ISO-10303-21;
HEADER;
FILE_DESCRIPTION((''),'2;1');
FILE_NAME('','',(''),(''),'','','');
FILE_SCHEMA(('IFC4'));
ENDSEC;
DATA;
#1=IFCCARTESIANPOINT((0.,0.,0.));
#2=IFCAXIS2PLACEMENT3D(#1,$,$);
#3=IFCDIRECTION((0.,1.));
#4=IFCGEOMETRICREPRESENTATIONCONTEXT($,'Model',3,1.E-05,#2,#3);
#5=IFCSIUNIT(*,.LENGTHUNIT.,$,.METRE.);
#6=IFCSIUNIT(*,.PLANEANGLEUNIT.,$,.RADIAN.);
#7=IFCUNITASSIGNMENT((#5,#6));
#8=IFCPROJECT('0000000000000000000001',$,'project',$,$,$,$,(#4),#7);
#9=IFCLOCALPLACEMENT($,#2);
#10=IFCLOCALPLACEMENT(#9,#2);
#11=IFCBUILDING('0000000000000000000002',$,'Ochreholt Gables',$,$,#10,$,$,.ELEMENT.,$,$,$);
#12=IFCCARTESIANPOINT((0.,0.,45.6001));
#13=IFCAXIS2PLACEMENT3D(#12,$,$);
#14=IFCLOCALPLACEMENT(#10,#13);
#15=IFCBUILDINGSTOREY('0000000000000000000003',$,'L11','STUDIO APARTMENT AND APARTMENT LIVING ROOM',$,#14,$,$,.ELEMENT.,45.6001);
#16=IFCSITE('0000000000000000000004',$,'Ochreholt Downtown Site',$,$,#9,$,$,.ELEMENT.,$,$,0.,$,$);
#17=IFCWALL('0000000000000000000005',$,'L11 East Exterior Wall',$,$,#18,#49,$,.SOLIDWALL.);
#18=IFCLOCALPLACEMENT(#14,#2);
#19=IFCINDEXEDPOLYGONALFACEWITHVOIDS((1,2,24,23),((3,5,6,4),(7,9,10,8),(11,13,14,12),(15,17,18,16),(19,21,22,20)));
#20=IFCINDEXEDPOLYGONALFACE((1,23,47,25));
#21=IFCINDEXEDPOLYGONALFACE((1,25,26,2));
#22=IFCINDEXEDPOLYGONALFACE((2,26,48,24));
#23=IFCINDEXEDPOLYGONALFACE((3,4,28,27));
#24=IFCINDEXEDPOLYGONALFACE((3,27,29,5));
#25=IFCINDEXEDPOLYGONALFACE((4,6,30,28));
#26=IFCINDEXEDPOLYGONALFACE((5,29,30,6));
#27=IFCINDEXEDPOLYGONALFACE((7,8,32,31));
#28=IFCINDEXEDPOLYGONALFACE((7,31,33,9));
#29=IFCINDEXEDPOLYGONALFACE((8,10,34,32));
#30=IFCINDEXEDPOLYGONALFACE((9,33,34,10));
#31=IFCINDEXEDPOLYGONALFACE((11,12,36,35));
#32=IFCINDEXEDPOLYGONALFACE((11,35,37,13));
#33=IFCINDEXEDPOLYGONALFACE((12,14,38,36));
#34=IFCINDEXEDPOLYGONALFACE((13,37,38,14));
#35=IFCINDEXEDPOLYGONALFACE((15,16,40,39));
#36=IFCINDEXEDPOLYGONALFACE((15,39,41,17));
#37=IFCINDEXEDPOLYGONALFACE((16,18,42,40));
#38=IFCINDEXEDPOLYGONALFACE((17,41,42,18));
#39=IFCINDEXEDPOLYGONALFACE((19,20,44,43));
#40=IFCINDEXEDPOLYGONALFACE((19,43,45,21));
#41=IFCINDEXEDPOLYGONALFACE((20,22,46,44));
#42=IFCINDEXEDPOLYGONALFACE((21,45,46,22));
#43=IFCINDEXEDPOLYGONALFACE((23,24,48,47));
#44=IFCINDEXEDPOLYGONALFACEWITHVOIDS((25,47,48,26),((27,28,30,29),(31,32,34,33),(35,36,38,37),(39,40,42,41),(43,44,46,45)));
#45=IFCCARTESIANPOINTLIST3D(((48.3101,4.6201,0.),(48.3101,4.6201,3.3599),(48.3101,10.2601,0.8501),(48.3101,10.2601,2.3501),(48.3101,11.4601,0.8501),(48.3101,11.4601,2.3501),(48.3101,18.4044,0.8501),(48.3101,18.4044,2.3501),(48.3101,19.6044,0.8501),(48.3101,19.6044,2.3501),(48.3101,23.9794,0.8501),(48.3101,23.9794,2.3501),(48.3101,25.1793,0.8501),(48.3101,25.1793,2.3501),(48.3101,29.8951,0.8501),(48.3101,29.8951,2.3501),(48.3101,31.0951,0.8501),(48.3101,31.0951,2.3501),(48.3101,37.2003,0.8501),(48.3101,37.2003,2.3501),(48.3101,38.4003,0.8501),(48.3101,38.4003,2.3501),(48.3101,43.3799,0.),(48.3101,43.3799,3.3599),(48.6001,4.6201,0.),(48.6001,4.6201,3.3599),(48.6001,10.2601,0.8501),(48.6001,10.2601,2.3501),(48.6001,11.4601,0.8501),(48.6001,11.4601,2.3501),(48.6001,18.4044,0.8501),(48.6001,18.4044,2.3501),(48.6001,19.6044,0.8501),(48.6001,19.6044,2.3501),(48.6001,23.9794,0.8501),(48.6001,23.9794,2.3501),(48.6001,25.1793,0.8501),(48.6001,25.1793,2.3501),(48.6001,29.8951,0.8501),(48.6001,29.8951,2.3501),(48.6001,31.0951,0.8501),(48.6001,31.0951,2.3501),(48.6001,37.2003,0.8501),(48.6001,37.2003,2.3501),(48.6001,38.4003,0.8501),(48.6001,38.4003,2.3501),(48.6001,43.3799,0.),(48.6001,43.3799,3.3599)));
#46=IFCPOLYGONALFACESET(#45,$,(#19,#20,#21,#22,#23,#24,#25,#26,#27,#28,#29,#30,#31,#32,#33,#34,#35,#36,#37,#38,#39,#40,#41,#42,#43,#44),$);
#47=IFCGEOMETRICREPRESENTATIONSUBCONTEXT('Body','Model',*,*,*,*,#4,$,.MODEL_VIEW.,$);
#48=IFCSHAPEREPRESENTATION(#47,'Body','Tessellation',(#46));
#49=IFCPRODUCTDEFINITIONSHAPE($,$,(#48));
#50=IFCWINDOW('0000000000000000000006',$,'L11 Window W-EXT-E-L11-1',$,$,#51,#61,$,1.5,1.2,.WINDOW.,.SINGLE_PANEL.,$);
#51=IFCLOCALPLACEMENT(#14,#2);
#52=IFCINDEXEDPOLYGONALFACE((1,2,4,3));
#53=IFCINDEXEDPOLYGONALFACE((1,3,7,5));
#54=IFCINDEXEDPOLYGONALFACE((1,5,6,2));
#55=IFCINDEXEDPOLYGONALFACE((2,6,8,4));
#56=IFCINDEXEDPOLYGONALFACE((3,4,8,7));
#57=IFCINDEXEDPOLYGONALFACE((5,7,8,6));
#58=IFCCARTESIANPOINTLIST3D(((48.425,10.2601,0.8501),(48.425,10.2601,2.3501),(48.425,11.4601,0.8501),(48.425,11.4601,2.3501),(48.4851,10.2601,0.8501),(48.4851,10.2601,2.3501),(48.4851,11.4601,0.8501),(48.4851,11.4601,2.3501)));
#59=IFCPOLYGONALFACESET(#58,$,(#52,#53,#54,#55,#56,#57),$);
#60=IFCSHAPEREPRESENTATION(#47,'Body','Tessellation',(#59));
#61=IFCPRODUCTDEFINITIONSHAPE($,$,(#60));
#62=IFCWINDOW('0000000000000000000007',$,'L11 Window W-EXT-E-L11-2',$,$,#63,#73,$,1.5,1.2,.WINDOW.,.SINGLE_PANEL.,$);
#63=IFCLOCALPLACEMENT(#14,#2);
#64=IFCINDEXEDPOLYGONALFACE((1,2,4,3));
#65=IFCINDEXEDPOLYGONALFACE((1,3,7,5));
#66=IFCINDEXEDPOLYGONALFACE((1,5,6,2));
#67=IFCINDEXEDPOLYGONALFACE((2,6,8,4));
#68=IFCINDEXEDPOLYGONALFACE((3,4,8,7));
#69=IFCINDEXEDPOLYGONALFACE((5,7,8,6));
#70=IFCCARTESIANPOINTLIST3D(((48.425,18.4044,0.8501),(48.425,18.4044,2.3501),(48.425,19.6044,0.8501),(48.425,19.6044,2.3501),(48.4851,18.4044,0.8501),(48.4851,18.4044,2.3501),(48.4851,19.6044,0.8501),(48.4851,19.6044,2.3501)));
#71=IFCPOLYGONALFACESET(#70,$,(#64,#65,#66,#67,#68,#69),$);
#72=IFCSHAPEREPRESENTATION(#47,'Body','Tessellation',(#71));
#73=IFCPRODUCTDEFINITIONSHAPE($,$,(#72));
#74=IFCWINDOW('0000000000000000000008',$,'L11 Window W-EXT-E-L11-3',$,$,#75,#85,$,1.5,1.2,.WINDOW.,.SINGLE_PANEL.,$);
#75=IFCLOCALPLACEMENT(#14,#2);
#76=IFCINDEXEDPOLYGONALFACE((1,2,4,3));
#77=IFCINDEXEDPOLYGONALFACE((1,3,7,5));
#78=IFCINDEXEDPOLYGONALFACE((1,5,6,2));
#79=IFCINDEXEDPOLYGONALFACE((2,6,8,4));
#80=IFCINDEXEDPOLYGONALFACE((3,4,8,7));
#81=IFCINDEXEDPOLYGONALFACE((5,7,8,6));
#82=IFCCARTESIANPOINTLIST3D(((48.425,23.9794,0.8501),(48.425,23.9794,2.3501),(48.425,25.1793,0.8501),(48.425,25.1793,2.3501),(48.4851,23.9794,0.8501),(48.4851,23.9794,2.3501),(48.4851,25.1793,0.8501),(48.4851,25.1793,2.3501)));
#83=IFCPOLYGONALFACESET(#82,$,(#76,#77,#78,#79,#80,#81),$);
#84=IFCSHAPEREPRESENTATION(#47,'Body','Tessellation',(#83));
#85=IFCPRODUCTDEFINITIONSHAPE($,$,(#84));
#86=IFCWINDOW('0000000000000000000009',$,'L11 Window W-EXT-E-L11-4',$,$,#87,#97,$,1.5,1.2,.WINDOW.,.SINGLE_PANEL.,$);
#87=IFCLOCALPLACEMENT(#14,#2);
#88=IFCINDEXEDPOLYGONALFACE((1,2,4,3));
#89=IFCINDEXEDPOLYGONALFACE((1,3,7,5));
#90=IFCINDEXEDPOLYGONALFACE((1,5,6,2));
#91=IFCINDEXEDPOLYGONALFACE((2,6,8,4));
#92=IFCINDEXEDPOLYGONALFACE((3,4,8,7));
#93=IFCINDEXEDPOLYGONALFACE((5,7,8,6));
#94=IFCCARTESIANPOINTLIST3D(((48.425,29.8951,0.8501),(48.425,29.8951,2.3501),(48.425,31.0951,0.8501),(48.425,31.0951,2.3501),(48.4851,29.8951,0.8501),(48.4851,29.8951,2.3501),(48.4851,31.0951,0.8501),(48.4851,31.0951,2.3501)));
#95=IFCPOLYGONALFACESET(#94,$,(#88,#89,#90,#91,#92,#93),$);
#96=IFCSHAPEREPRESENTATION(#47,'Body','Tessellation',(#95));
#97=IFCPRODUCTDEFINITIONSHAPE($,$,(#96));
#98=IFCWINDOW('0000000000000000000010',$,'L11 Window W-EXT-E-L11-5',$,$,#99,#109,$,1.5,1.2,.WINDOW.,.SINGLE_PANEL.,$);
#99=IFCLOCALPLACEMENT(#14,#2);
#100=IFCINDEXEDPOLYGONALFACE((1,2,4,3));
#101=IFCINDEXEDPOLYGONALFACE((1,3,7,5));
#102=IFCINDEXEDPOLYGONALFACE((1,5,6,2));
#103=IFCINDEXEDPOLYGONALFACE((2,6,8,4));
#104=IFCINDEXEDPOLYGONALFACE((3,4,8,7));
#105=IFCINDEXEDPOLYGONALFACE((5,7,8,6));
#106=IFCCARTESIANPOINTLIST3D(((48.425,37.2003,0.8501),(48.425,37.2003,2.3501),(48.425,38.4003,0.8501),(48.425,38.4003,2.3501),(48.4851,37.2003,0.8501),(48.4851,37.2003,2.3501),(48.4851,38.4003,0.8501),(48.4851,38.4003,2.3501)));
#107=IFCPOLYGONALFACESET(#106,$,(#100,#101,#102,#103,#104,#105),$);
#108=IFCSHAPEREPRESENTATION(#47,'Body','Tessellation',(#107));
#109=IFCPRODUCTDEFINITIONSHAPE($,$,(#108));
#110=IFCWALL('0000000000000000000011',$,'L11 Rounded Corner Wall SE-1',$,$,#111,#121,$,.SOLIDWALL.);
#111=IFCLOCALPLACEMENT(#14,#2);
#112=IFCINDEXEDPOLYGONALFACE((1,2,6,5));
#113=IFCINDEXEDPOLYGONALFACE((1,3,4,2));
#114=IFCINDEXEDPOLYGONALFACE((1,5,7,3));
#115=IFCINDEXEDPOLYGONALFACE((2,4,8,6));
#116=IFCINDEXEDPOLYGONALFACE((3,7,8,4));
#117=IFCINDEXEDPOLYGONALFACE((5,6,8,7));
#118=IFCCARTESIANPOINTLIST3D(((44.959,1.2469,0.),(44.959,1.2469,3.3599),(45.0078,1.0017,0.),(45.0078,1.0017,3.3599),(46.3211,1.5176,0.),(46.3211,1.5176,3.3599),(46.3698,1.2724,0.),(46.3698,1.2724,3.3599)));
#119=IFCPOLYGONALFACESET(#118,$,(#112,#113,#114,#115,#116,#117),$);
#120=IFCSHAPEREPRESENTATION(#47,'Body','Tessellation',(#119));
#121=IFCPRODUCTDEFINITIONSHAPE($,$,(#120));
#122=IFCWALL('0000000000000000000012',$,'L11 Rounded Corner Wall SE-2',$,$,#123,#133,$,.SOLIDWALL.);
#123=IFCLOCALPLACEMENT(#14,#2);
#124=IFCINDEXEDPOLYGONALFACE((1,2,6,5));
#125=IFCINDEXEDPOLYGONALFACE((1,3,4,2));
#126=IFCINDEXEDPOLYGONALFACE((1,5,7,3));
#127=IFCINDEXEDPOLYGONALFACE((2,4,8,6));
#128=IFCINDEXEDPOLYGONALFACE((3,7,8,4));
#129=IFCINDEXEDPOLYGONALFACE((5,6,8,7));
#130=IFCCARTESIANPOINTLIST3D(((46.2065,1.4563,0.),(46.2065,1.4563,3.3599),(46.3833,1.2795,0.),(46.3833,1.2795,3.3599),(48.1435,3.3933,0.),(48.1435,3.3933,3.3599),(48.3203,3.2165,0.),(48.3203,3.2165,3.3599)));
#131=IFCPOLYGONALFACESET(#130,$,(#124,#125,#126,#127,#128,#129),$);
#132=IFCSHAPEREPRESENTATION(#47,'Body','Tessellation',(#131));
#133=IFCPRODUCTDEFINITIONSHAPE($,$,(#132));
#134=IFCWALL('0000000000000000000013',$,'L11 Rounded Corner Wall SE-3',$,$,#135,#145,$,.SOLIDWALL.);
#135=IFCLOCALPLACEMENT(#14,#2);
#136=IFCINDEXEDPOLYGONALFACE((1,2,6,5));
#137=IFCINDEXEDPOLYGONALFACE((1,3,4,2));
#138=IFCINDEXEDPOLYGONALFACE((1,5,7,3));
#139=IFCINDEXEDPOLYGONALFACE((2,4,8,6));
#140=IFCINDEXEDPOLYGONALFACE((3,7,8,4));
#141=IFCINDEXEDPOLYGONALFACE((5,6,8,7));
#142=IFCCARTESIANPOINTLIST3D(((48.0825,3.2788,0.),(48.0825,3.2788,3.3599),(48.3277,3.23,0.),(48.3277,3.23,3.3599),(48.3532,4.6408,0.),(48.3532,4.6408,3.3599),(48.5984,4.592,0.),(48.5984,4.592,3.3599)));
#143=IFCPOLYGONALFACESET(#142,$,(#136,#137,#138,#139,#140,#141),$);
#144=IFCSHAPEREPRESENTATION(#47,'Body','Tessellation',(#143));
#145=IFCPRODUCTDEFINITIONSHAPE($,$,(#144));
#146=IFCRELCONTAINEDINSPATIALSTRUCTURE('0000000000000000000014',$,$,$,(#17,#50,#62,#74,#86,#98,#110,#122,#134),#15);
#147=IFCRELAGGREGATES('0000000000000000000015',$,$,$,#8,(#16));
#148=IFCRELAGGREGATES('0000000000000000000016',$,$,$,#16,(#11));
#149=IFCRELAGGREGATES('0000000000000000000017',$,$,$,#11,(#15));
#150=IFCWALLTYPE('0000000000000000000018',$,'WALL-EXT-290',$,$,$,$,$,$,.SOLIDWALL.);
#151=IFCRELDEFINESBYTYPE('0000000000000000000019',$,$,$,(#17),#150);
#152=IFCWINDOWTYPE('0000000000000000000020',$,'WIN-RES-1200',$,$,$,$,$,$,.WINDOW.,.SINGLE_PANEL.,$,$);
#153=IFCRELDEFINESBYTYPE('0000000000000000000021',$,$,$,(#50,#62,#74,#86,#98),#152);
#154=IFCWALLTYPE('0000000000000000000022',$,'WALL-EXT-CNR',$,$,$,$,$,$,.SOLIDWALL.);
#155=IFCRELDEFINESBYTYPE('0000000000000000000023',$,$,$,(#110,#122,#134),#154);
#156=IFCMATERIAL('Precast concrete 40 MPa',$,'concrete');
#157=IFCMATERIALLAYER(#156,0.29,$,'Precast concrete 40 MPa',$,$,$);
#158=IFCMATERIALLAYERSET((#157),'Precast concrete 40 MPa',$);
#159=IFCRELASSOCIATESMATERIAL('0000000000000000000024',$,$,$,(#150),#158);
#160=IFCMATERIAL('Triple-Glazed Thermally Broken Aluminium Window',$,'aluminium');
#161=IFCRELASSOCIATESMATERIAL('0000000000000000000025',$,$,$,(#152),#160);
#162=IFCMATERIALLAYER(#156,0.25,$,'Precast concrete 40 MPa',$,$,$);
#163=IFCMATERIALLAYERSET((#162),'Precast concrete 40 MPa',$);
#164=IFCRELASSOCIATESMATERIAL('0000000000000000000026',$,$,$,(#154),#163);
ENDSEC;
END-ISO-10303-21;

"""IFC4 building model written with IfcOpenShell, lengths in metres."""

from ifc_helpers import new_model, si_unit, direction, frame, frame_2d, origin, place, context, subcontext, project, spatial, rectangle, extrude, material, layer, layer_set, type_object, element, fill, save


model = new_model("IFC4")

# Units and contexts
model_context = context("Model", 3, precision=1e-05, world=origin(), true_north=direction((0.0, 1.0)))
body_context = subcontext(model_context, "Body", "Model", "MODEL_VIEW")
ifc_project = project(units=[si_unit("LENGTHUNIT", "METRE"), si_unit("PLANEANGLEUNIT", "RADIAN")], contexts=[model_context])

# Site, building, storey
site_placement = place(None, origin())
site = spatial("IfcSite", under=ifc_project, at=site_placement, Name="Ochreholt Downtown Site", CompositionType="ELEMENT", RefElevation=0.0)
building_placement = place(site_placement, origin())
building = spatial("IfcBuilding", under=site, at=building_placement, Name="Ochreholt Gables", CompositionType="ELEMENT")
storey_placement = place(building_placement, frame((0.0, 0.0, 45.6001)))
storey = spatial("IfcBuildingStorey", under=building, at=storey_placement, Name="L11", Description="STUDIO APARTMENT AND APARTMENT LIVING ROOM", CompositionType="ELEMENT", Elevation=45.6001)

# Wall, openings, windows
ifc_material_1 = material(Name="Precast concrete 40 MPa", Category="concrete")
ifc_layer_1 = layer(ifc_material_1, 0.29, Name="Precast concrete 40 MPa")
ifc_layer_set_1 = layer_set([ifc_layer_1], Name="Precast concrete 40 MPa")
wall_type_1 = type_object("IfcWallType", Name="WALL-EXT-290", PredefinedType="SOLIDWALL", material=ifc_layer_set_1)
wall_1_placement = place(storey_placement, frame((48.4551, 4.6201, 0.0), z_axis=(0.0, 0.0, 1.0), x_axis=(0.0, 1.0, 0.0)))
wall_1 = element("IfcWall", 1, at=wall_1_placement, inside=storey, type_object=wall_type_1, Name="L11 East Exterior Wall", PredefinedType="SOLIDWALL", context=body_context, shape_type="SweptSolid", body=[
    extrude(rectangle(XDim=38.7598, YDim=0.29, at=frame_2d((19.3799, 0.0))), origin(), (0.0, 0.0, 1.0), 3.3599),
])
opening_1_placement = place(wall_1_placement, frame((5.6399, 0.0, 0.8501)))
opening_1 = element("IfcOpeningElement", 2, at=opening_1_placement, cuts=wall_1, PredefinedType="OPENING", context=body_context, shape_type="SweptSolid", body=[
    extrude(rectangle(XDim=1.2, YDim=1.5, at=frame_2d((0.6001, 0.75))), frame((0.0, 0.155, 0.0), z_axis=(0.0, -1.0, 0.0), x_axis=(1.0, 0.0, 0.0)), (0.0, 0.0, 1.0), 0.3101),
])
opening_2_placement = place(wall_1_placement, frame((13.7842, 0.0, 0.8501)))
opening_2 = element("IfcOpeningElement", 3, at=opening_2_placement, cuts=wall_1, PredefinedType="OPENING", context=body_context, shape_type="SweptSolid", body=[
    extrude(rectangle(XDim=1.2, YDim=1.5, at=frame_2d((0.6001, 0.75))), frame((0.0, 0.155, 0.0), z_axis=(0.0, -1.0, 0.0), x_axis=(1.0, 0.0, 0.0)), (0.0, 0.0, 1.0), 0.3101),
])
opening_3_placement = place(wall_1_placement, frame((19.3591, 0.0, 0.8501)))
opening_3 = element("IfcOpeningElement", 4, at=opening_3_placement, cuts=wall_1, PredefinedType="OPENING", context=body_context, shape_type="SweptSolid", body=[
    extrude(rectangle(XDim=1.2, YDim=1.5, at=frame_2d((0.6001, 0.75))), frame((0.0, 0.155, 0.0), z_axis=(0.0, -1.0, 0.0), x_axis=(1.0, 0.0, 0.0)), (0.0, 0.0, 1.0), 0.3101),
])
opening_4_placement = place(wall_1_placement, frame((25.2749, 0.0, 0.8501)))
opening_4 = element("IfcOpeningElement", 5, at=opening_4_placement, cuts=wall_1, PredefinedType="OPENING", context=body_context, shape_type="SweptSolid", body=[
    extrude(rectangle(XDim=1.2, YDim=1.5, at=frame_2d((0.6001, 0.75))), frame((0.0, 0.155, 0.0), z_axis=(0.0, -1.0, 0.0), x_axis=(1.0, 0.0, 0.0)), (0.0, 0.0, 1.0), 0.3101),
])
opening_5_placement = place(wall_1_placement, frame((32.5801, 0.0, 0.8501)))
opening_5 = element("IfcOpeningElement", 6, at=opening_5_placement, cuts=wall_1, PredefinedType="OPENING", context=body_context, shape_type="SweptSolid", body=[
    extrude(rectangle(XDim=1.2, YDim=1.5, at=frame_2d((0.6001, 0.75))), frame((0.0, 0.155, 0.0), z_axis=(0.0, -1.0, 0.0), x_axis=(1.0, 0.0, 0.0)), (0.0, 0.0, 1.0), 0.3101),
])
ifc_material_2 = material(Name="Triple-Glazed Thermally Broken Aluminium Window", Category="aluminium")
window_type = type_object("IfcWindowType", Name="WIN-RES-1200", PartitioningType="SINGLE_PANEL", PredefinedType="WINDOW", material=ifc_material_2)
window_1_placement = place(opening_1_placement, origin())
window_1 = element("IfcWindow", 7, at=window_1_placement, inside=storey, type_object=window_type, Name="L11 Window W-EXT-E-L11-1", OverallHeight=1.5, OverallWidth=1.2, PartitioningType="SINGLE_PANEL", PredefinedType="WINDOW", context=body_context, shape_type="SweptSolid", body=[
    extrude(rectangle(XDim=1.2, YDim=1.5, at=frame_2d((0.6001, 0.75))), frame((0.0, 0.03, 0.0), z_axis=(0.0, -1.0, 0.0), x_axis=(1.0, 0.0, 0.0)), (0.0, 0.0, 1.0), 0.0601),
])
fill(opening_1, window_1)
window_2_placement = place(opening_2_placement, origin())
window_2 = element("IfcWindow", 8, at=window_2_placement, inside=storey, type_object=window_type, Name="L11 Window W-EXT-E-L11-2", OverallHeight=1.5, OverallWidth=1.2, PartitioningType="SINGLE_PANEL", PredefinedType="WINDOW", context=body_context, shape_type="SweptSolid", body=[
    extrude(rectangle(XDim=1.2, YDim=1.5, at=frame_2d((0.6001, 0.75))), frame((0.0, 0.03, 0.0), z_axis=(0.0, -1.0, 0.0), x_axis=(1.0, 0.0, 0.0)), (0.0, 0.0, 1.0), 0.0601),
])
fill(opening_2, window_2)
window_3_placement = place(opening_3_placement, origin())
window_3 = element("IfcWindow", 9, at=window_3_placement, inside=storey, type_object=window_type, Name="L11 Window W-EXT-E-L11-3", OverallHeight=1.5, OverallWidth=1.2, PartitioningType="SINGLE_PANEL", PredefinedType="WINDOW", context=body_context, shape_type="SweptSolid", body=[
    extrude(rectangle(XDim=1.2, YDim=1.5, at=frame_2d((0.6001, 0.75))), frame((0.0, 0.03, 0.0), z_axis=(0.0, -1.0, 0.0), x_axis=(1.0, 0.0, 0.0)), (0.0, 0.0, 1.0), 0.0601),
])
fill(opening_3, window_3)
window_4_placement = place(opening_4_placement, origin())
window_4 = element("IfcWindow", 10, at=window_4_placement, inside=storey, type_object=window_type, Name="L11 Window W-EXT-E-L11-4", OverallHeight=1.5, OverallWidth=1.2, PartitioningType="SINGLE_PANEL", PredefinedType="WINDOW", context=body_context, shape_type="SweptSolid", body=[
    extrude(rectangle(XDim=1.2, YDim=1.5, at=frame_2d((0.6001, 0.75))), frame((0.0, 0.03, 0.0), z_axis=(0.0, -1.0, 0.0), x_axis=(1.0, 0.0, 0.0)), (0.0, 0.0, 1.0), 0.0601),
])
fill(opening_4, window_4)
window_5_placement = place(opening_5_placement, origin())
window_5 = element("IfcWindow", 11, at=window_5_placement, inside=storey, type_object=window_type, Name="L11 Window W-EXT-E-L11-5", OverallHeight=1.5, OverallWidth=1.2, PartitioningType="SINGLE_PANEL", PredefinedType="WINDOW", context=body_context, shape_type="SweptSolid", body=[
    extrude(rectangle(XDim=1.2, YDim=1.5, at=frame_2d((0.6001, 0.75))), frame((0.0, 0.03, 0.0), z_axis=(0.0, -1.0, 0.0), x_axis=(1.0, 0.0, 0.0)), (0.0, 0.0, 1.0), 0.0601),
])
fill(opening_5, window_5)

# Walls
ifc_layer_2 = layer(ifc_material_1, 0.25, Name="Precast concrete 40 MPa")
ifc_layer_set_2 = layer_set([ifc_layer_2], Name="Precast concrete 40 MPa")
wall_type_2 = type_object("IfcWallType", Name="WALL-EXT-CNR", PredefinedType="SOLIDWALL", material=ifc_layer_set_2)
wall_2_placement = place(storey_placement, frame((44.9834, 1.1243, 0.0), z_axis=(0.0, 0.0, 1.0), x_axis=(0.98081, 0.194967, 0.0)))
element("IfcWall", 12, at=wall_2_placement, inside=storey, type_object=wall_type_2, Name="L11 Rounded Corner Wall SE-1", PredefinedType="SOLIDWALL", context=body_context, shape_type="SweptSolid", body=[
    extrude(rectangle(XDim=1.3887, YDim=0.25, at=frame_2d((0.6943, 0.0))), origin(), (0.0, 0.0, 1.0), 3.3599),
])
wall_3_placement = place(storey_placement, frame((46.2949, 1.3679, 0.0), z_axis=(0.0, 0.0, 1.0), x_axis=(0.707107, 0.707107, 0.0)))
element("IfcWall", 13, at=wall_3_placement, inside=storey, type_object=wall_type_2, Name="L11 Rounded Corner Wall SE-2", PredefinedType="SOLIDWALL", context=body_context, shape_type="SweptSolid", body=[
    extrude(rectangle(XDim=2.7393, YDim=0.25, at=frame_2d((1.3696, 0.0))), origin(), (0.0, 0.0, 1.0), 3.3599),
])
wall_4_placement = place(storey_placement, frame((48.2051, 3.2544, 0.0), z_axis=(0.0, 0.0, 1.0), x_axis=(0.194967, 0.98081, 0.0)))
element("IfcWall", 14, at=wall_4_placement, inside=storey, type_object=wall_type_2, Name="L11 Rounded Corner Wall SE-3", PredefinedType="SOLIDWALL", context=body_context, shape_type="SweptSolid", body=[
    extrude(rectangle(XDim=1.3887, YDim=0.25, at=frame_2d((0.6943, 0.0))), origin(), (0.0, 0.0, 1.0), 3.3599),
])

save(model, "model.ifc")
